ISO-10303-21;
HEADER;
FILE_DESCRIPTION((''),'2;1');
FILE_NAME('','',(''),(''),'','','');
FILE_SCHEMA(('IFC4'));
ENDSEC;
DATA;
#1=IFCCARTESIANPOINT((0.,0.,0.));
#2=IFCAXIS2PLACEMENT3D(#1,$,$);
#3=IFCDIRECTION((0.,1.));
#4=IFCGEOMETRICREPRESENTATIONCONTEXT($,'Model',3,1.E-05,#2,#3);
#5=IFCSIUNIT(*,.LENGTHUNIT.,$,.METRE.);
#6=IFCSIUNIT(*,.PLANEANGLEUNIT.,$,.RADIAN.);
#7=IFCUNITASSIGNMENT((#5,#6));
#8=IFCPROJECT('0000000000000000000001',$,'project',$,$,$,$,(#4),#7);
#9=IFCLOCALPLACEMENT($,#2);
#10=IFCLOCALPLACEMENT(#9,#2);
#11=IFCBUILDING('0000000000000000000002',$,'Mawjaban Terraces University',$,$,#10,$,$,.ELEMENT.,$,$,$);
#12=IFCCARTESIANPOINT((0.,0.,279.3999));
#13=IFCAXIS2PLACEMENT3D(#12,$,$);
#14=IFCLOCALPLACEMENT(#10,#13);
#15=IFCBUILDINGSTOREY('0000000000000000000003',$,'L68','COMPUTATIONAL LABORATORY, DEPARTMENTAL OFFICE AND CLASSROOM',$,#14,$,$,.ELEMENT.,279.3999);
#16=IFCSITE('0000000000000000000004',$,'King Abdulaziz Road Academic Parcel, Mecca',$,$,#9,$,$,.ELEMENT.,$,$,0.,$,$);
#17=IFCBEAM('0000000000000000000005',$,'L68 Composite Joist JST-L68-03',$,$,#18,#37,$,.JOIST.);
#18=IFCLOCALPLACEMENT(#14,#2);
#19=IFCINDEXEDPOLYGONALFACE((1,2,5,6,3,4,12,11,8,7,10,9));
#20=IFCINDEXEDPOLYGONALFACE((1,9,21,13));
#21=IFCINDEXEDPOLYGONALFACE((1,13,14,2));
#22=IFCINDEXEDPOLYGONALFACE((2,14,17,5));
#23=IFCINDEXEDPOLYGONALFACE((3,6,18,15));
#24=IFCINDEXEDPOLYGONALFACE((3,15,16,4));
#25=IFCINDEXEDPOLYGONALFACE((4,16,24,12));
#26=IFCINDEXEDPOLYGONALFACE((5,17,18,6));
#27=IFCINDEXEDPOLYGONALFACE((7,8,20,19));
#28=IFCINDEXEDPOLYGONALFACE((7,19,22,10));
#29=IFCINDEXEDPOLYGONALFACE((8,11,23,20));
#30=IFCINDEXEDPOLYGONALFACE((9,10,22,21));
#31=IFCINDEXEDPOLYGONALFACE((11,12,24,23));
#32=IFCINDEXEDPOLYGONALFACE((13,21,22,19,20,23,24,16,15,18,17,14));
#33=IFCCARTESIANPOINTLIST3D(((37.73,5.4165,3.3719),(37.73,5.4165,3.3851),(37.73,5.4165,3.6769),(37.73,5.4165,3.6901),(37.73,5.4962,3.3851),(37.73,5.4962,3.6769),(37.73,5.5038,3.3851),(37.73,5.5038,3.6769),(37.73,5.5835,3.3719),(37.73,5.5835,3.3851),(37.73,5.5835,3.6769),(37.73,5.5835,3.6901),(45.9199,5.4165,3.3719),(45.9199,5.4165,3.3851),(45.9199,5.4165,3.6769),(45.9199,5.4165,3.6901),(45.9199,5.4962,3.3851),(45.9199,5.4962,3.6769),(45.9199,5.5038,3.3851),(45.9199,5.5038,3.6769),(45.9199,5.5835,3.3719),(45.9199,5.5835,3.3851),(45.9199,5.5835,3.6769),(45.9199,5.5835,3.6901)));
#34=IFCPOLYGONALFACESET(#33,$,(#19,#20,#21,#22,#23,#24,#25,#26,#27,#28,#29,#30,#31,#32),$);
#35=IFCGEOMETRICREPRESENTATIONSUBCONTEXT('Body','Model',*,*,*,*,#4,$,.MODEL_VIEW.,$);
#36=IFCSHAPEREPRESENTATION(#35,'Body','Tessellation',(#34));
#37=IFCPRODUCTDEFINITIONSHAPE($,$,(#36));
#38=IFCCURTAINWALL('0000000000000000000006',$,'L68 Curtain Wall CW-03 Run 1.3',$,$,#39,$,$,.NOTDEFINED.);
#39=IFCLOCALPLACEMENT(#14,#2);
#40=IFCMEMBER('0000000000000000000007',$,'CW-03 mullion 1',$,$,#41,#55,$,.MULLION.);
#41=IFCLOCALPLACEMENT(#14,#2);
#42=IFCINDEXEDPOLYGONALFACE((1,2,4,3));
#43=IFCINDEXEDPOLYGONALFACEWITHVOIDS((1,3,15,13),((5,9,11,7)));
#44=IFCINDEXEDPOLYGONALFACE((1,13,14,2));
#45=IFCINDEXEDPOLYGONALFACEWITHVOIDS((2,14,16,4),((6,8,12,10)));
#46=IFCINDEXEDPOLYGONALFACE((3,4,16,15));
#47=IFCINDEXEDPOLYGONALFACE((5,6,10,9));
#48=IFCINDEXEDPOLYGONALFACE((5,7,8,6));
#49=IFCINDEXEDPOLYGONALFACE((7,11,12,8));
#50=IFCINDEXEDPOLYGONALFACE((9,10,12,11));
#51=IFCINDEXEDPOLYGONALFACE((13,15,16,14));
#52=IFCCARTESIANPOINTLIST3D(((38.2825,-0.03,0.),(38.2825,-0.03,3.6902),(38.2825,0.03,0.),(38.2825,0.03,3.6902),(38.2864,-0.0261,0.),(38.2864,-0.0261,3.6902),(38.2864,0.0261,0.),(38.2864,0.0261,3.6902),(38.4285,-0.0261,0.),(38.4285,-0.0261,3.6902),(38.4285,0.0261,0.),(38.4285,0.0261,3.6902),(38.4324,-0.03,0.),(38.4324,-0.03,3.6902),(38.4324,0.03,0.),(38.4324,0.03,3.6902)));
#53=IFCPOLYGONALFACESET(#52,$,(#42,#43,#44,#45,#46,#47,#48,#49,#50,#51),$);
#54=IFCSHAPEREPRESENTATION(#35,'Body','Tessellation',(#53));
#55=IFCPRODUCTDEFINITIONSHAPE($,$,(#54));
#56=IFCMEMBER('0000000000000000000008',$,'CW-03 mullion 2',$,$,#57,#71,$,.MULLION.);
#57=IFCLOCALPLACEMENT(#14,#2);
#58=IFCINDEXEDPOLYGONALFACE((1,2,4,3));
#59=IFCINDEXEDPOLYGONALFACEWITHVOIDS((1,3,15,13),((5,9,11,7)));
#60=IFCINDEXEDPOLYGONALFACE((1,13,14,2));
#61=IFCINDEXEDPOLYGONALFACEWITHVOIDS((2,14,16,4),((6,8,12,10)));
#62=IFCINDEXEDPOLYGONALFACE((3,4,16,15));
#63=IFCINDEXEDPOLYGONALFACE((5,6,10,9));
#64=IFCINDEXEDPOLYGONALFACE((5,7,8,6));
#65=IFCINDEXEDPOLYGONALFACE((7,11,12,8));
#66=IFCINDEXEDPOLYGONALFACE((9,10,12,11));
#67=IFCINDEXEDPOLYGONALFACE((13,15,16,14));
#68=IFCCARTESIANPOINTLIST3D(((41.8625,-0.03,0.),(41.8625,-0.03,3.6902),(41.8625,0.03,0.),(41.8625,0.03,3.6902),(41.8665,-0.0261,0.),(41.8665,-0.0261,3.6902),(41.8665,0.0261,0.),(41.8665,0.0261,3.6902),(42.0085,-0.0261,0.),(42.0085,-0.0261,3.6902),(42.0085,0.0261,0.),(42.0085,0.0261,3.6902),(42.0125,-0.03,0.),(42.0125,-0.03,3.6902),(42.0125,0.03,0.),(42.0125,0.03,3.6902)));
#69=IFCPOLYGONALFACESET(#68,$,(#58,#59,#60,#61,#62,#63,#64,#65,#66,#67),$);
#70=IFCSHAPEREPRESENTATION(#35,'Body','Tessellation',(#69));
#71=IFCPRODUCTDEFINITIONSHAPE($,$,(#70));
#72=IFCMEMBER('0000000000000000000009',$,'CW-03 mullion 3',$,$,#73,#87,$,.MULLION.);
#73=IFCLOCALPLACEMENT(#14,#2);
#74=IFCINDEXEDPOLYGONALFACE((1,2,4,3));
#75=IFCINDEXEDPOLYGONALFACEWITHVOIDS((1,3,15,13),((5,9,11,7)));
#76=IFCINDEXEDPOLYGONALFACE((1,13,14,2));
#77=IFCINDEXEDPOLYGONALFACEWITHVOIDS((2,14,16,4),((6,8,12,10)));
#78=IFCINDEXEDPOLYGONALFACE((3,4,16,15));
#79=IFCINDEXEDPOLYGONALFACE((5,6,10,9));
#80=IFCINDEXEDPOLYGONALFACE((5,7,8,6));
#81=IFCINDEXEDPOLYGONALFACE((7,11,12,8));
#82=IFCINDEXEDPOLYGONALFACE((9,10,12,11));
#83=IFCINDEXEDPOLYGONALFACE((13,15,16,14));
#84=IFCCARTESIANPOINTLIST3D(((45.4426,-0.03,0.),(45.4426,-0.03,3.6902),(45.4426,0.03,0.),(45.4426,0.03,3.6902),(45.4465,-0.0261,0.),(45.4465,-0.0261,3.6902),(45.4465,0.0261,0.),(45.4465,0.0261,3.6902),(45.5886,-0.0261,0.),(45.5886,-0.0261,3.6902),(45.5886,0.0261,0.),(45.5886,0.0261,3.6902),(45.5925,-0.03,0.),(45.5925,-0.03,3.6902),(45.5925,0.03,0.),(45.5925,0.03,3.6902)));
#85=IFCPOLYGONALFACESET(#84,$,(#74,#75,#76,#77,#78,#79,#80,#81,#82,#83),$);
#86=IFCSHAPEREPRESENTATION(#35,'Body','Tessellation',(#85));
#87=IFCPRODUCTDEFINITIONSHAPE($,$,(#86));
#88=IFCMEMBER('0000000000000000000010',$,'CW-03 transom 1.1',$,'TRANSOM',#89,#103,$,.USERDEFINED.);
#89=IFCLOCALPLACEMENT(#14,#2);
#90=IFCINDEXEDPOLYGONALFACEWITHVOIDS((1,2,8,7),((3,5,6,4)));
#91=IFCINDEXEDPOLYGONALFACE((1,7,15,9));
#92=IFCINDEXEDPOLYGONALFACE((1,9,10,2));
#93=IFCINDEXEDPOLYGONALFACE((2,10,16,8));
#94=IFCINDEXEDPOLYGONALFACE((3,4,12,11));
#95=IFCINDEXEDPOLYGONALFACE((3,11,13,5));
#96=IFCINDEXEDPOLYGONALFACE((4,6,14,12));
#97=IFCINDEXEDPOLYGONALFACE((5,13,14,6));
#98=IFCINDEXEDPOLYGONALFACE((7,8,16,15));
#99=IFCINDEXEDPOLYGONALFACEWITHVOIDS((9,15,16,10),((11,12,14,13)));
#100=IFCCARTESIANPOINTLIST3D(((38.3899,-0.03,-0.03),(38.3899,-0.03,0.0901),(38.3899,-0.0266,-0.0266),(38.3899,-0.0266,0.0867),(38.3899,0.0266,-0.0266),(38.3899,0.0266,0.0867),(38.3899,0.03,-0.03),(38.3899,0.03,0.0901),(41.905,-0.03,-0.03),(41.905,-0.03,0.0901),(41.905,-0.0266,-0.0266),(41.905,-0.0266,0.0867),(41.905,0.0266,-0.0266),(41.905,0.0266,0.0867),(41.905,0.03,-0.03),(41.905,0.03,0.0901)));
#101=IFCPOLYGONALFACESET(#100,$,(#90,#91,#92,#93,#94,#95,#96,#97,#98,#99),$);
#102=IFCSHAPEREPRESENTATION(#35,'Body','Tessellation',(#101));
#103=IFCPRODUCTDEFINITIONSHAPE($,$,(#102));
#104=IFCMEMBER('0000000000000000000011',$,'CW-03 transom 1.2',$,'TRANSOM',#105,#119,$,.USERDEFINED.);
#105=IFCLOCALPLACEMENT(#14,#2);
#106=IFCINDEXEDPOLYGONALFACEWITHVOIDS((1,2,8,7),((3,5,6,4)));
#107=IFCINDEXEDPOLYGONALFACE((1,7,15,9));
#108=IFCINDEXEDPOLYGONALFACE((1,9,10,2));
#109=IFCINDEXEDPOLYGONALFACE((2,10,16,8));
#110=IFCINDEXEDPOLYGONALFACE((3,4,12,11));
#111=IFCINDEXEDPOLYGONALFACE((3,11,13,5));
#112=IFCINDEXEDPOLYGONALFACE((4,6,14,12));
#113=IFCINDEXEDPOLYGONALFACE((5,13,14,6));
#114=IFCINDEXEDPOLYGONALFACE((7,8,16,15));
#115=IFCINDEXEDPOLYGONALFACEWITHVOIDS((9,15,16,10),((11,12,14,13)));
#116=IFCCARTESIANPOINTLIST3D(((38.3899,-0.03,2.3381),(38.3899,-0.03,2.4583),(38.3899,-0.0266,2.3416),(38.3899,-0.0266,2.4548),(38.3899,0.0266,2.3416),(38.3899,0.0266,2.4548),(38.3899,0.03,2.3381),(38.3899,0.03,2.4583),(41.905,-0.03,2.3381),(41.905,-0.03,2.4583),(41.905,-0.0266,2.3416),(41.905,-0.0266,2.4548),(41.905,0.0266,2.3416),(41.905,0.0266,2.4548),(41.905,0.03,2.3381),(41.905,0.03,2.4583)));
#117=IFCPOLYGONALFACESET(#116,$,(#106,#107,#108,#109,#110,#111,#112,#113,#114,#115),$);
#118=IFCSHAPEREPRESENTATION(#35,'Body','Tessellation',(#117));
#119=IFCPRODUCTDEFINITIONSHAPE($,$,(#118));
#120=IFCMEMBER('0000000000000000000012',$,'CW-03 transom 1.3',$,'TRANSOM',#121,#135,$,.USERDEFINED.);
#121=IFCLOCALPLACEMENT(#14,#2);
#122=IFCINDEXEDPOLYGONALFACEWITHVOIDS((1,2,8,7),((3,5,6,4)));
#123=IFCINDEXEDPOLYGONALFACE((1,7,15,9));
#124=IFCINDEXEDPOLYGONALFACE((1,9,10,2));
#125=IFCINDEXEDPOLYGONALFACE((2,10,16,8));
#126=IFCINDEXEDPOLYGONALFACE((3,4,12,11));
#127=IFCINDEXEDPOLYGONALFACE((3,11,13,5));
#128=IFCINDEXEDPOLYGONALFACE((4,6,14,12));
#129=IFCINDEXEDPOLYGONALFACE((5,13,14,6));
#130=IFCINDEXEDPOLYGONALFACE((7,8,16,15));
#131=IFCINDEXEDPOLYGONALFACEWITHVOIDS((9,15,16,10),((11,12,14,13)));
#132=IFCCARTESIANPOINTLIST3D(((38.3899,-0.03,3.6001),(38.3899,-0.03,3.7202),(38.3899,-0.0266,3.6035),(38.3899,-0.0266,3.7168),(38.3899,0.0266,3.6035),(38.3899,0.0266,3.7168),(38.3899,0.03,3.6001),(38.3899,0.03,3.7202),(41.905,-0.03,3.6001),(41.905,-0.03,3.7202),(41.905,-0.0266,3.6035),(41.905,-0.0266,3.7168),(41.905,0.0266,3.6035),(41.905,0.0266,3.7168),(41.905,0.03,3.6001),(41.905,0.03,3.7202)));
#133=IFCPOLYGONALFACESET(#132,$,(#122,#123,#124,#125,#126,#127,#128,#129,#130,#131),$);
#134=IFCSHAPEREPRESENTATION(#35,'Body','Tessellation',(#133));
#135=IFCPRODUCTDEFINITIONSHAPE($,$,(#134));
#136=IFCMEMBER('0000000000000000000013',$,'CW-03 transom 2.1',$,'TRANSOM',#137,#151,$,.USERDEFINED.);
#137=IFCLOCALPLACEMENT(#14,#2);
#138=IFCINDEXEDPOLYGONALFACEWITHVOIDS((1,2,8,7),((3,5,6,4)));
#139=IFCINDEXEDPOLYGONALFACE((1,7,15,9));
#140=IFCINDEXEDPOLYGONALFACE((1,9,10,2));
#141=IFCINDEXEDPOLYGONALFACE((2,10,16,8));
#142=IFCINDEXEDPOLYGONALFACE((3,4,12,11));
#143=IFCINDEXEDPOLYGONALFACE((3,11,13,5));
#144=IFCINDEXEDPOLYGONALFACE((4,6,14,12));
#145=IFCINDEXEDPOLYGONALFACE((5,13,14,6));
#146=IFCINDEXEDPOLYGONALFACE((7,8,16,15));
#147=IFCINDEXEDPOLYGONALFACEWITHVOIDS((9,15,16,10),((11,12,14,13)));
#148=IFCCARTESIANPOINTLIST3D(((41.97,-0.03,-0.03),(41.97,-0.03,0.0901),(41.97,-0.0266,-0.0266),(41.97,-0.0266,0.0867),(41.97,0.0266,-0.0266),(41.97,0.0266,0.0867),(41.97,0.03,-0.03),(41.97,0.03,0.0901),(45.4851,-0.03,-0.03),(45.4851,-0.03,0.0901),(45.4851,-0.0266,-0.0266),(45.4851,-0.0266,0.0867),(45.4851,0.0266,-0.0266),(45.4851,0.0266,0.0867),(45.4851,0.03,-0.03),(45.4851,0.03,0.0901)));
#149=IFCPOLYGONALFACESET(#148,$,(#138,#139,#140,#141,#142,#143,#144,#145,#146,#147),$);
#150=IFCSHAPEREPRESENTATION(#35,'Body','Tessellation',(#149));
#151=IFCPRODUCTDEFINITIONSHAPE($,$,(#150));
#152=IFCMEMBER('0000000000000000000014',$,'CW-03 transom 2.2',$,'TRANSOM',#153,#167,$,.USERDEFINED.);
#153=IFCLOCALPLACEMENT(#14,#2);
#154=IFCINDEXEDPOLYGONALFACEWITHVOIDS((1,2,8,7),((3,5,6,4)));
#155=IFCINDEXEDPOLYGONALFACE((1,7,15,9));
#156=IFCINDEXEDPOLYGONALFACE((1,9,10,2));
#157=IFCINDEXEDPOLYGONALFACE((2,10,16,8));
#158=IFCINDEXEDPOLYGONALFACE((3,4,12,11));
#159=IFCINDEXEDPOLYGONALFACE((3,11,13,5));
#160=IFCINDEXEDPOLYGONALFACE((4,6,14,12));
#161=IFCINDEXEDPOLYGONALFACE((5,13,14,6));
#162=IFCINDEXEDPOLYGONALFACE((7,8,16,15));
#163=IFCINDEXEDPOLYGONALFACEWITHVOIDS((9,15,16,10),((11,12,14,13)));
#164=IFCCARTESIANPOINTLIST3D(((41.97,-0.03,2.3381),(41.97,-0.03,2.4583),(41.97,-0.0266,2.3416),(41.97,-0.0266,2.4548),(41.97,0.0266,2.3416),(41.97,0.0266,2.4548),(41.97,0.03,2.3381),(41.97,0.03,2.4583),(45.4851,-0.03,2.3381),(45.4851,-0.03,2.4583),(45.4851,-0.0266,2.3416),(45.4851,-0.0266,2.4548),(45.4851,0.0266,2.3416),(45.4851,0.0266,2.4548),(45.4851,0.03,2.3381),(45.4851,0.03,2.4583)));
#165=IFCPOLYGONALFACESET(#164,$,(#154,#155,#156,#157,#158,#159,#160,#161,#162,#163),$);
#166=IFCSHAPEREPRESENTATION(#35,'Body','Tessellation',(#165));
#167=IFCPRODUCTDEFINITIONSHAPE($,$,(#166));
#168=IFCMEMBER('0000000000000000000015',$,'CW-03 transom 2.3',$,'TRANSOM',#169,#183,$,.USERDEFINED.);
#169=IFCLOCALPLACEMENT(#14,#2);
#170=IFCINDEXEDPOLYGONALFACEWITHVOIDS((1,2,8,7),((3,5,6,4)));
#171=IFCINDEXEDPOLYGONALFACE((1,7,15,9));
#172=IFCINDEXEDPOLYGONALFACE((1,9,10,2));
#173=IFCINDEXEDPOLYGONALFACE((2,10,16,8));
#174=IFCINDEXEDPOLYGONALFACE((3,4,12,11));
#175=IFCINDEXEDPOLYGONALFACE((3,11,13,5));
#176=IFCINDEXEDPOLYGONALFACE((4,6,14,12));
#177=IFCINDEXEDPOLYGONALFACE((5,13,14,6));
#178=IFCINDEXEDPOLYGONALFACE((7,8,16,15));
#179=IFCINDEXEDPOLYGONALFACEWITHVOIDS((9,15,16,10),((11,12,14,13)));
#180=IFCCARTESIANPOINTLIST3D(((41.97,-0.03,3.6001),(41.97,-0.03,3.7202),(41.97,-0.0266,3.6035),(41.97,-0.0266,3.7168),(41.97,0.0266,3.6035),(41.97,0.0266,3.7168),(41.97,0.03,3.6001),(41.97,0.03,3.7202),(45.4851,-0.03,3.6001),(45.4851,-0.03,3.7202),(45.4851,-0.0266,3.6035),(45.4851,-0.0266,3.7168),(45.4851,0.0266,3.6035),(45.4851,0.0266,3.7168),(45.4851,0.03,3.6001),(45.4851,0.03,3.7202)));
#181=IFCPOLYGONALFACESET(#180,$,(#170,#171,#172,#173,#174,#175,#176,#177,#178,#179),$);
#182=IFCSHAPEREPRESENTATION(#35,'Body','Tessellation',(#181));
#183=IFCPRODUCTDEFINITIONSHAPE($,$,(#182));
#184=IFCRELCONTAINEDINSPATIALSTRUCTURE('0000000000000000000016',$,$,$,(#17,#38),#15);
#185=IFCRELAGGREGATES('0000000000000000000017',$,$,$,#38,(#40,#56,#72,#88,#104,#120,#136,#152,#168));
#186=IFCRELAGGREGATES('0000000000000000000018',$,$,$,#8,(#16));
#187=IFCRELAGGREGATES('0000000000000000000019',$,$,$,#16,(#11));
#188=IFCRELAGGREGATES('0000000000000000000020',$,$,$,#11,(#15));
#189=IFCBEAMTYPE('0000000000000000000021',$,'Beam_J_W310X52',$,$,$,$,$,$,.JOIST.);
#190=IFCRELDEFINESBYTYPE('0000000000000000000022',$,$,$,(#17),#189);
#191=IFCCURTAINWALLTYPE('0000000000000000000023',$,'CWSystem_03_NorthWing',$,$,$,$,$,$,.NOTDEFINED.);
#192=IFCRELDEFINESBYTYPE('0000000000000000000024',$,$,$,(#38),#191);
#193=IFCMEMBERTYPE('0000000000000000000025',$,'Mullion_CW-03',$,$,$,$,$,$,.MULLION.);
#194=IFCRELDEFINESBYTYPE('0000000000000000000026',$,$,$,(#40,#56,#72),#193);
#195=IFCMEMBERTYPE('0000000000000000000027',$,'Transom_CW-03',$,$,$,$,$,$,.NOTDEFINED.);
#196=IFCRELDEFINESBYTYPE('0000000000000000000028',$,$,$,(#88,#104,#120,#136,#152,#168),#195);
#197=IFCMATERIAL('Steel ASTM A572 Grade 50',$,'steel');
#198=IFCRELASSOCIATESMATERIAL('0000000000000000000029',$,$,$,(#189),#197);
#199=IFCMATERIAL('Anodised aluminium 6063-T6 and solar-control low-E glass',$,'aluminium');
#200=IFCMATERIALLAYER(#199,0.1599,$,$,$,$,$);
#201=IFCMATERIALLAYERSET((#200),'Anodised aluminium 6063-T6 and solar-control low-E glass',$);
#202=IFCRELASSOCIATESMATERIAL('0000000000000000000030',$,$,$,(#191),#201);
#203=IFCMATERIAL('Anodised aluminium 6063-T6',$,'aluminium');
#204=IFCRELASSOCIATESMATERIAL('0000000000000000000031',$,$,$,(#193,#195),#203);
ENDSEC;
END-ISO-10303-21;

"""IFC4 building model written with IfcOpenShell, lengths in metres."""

from ifc_helpers import new_model, si_unit, direction, frame, origin, origin_2d, place, context, subcontext, project, spatial, hollow_rectangle, i_section, extrude, material, layer, layer_set, material_profile, profile_set, type_object, element, aggregate, save


model = new_model("IFC4")

# Units and contexts
model_context = context("Model", 3, precision=1e-05, world=origin(), true_north=direction((0.0, 1.0)))
body_context = subcontext(model_context, "Body", "Model", "MODEL_VIEW")
ifc_project = project(units=[si_unit("LENGTHUNIT", "METRE"), si_unit("PLANEANGLEUNIT", "RADIAN")], contexts=[model_context])

# Site, building, storey
site_placement = place(None, origin())
site = spatial("IfcSite", under=ifc_project, at=site_placement, Name="King Abdulaziz Road Academic Parcel, Mecca", CompositionType="ELEMENT", RefElevation=0.0)
building_placement = place(site_placement, origin())
building = spatial("IfcBuilding", under=site, at=building_placement, Name="Mawjaban Terraces University", CompositionType="ELEMENT")
storey_placement = place(building_placement, frame((0.0, 0.0, 279.3999)))
storey = spatial("IfcBuildingStorey", under=building, at=storey_placement, Name="L68", Description="COMPUTATIONAL LABORATORY, DEPARTMENTAL OFFICE AND CLASSROOM", CompositionType="ELEMENT", Elevation=279.3999)

# Beam
ifc_material_1 = material(Name="Steel ASTM A572 Grade 50", Category="steel")
ifc_material_profile_1 = material_profile(ifc_material_1, i_section(OverallWidth=0.167, OverallDepth=0.3181, WebThickness=0.0076, FlangeThickness=0.0132, at=origin_2d()), Name="W310X52")
ifc_profile_set_1 = profile_set([ifc_material_profile_1], Name="Steel ASTM A572 Grade 50")
beam_type_1 = type_object("IfcBeamType", Name="Beam_J_W310X52", PredefinedType="JOIST", material=ifc_profile_set_1)
for number, where, z_axis, x_axis, name in (
    (1, (37.73, 5.5, 3.531), (1.0, 0.0, 0.0), (0.0, 1.0, 0.0), "L68 Composite Joist JST-L68-03"),
):
    element("IfcBeam", number, at=place(storey_placement, frame(where, z_axis=z_axis, x_axis=x_axis)), inside=storey, type_object=beam_type_1, Name=name, PredefinedType="JOIST", context=body_context, shape_type="SweptSolid", body=[
        extrude(i_section(OverallWidth=0.167, OverallDepth=0.3181, WebThickness=0.0076, FlangeThickness=0.0132, at=origin_2d()), origin(), (0.0, 0.0, 1.0), 8.1899),
    ])

# Curtain wall, members
ifc_material_2 = material(Name="Anodised aluminium 6063-T6 and solar-control low-E glass", Category="aluminium")
ifc_layer_1 = layer(ifc_material_2, 0.1599)
ifc_layer_set_1 = layer_set([ifc_layer_1], Name="Anodised aluminium 6063-T6 and solar-control low-E glass")
curtain_wall_type = type_object("IfcCurtainWallType", Name="CWSystem_03_NorthWing", PredefinedType="NOTDEFINED", material=ifc_layer_set_1)
curtain_wall_placement = place(storey_placement, origin())
curtain_wall = element("IfcCurtainWall", 2, at=curtain_wall_placement, inside=storey, type_object=curtain_wall_type, Name="L68 Curtain Wall CW-03 Run 1.3", PredefinedType="NOTDEFINED")
ifc_material_3 = material(Name="Anodised aluminium 6063-T6", Category="aluminium")
ifc_material_profile_2 = material_profile(ifc_material_3, hollow_rectangle(XDim=0.0601, YDim=0.1499, WallThickness=0.0039, at=origin_2d()), Name="ALU150X60X4")
ifc_profile_set_2 = profile_set([ifc_material_profile_2], Name="Anodised aluminium 6063-T6")
member_type_1 = type_object("IfcMemberType", Name="Mullion_CW-03", PredefinedType="MULLION", material=ifc_profile_set_2)
member_1_placement = place(storey_placement, frame((38.3574, 0.0, 0.0), z_axis=(0.0, 0.0, 1.0), x_axis=(0.0, 1.0, 0.0)))
member_1 = element("IfcMember", 3, at=member_1_placement, type_object=member_type_1, Name="CW-03 mullion 1", PredefinedType="MULLION", context=body_context, shape_type="SweptSolid", body=[
    extrude(hollow_rectangle(XDim=0.0601, YDim=0.1499, WallThickness=0.0039, at=origin_2d()), origin(), (0.0, 0.0, 1.0), 3.6902),
])
member_2_placement = place(storey_placement, frame((41.9375, 0.0, 0.0), z_axis=(0.0, 0.0, 1.0), x_axis=(0.0, 1.0, 0.0)))
member_2 = element("IfcMember", 4, at=member_2_placement, type_object=member_type_1, Name="CW-03 mullion 2", PredefinedType="MULLION", context=body_context, shape_type="SweptSolid", body=[
    extrude(hollow_rectangle(XDim=0.0601, YDim=0.1499, WallThickness=0.0039, at=origin_2d()), origin(), (0.0, 0.0, 1.0), 3.6902),
])
member_3_placement = place(storey_placement, frame((45.5176, 0.0, 0.0), z_axis=(0.0, 0.0, 1.0), x_axis=(0.0, 1.0, 0.0)))
member_3 = element("IfcMember", 5, at=member_3_placement, type_object=member_type_1, Name="CW-03 mullion 3", PredefinedType="MULLION", context=body_context, shape_type="SweptSolid", body=[
    extrude(hollow_rectangle(XDim=0.0601, YDim=0.1499, WallThickness=0.0039, at=origin_2d()), origin(), (0.0, 0.0, 1.0), 3.6902),
])
ifc_material_profile_3 = material_profile(ifc_material_3, hollow_rectangle(XDim=0.0601, YDim=0.1201, WallThickness=0.0034, at=origin_2d()), Name="ALU120X60X3.5")
ifc_profile_set_3 = profile_set([ifc_material_profile_3], Name="Anodised aluminium 6063-T6")
member_type_2 = type_object("IfcMemberType", Name="Transom_CW-03", PredefinedType="NOTDEFINED", material=ifc_profile_set_3)
member_4_placement = place(storey_placement, frame((38.3899, 0.0, 0.03), z_axis=(1.0, 0.0, 0.0), x_axis=(0.0, 1.0, 0.0)))
member_4 = element("IfcMember", 6, at=member_4_placement, type_object=member_type_2, Name="CW-03 transom 1.1", ObjectType="TRANSOM", PredefinedType="USERDEFINED", context=body_context, shape_type="SweptSolid", body=[
    extrude(hollow_rectangle(XDim=0.0601, YDim=0.1201, WallThickness=0.0034, at=origin_2d()), origin(), (0.0, 0.0, 1.0), 3.5151),
])
member_5_placement = place(storey_placement, frame((38.3899, 0.0, 2.3982), z_axis=(1.0, 0.0, 0.0), x_axis=(0.0, 1.0, 0.0)))
member_5 = element("IfcMember", 7, at=member_5_placement, type_object=member_type_2, Name="CW-03 transom 1.2", ObjectType="TRANSOM", PredefinedType="USERDEFINED", context=body_context, shape_type="SweptSolid", body=[
    extrude(hollow_rectangle(XDim=0.0601, YDim=0.1201, WallThickness=0.0034, at=origin_2d()), origin(), (0.0, 0.0, 1.0), 3.5151),
])
member_6_placement = place(storey_placement, frame((38.3899, 0.0, 3.6602), z_axis=(1.0, 0.0, 0.0), x_axis=(0.0, 1.0, 0.0)))
member_6 = element("IfcMember", 8, at=member_6_placement, type_object=member_type_2, Name="CW-03 transom 1.3", ObjectType="TRANSOM", PredefinedType="USERDEFINED", context=body_context, shape_type="SweptSolid", body=[
    extrude(hollow_rectangle(XDim=0.0601, YDim=0.1201, WallThickness=0.0034, at=origin_2d()), origin(), (0.0, 0.0, 1.0), 3.5151),
])
member_7_placement = place(storey_placement, frame((41.97, 0.0, 0.03), z_axis=(1.0, 0.0, 0.0), x_axis=(0.0, 1.0, 0.0)))
member_7 = element("IfcMember", 9, at=member_7_placement, type_object=member_type_2, Name="CW-03 transom 2.1", ObjectType="TRANSOM", PredefinedType="USERDEFINED", context=body_context, shape_type="SweptSolid", body=[
    extrude(hollow_rectangle(XDim=0.0601, YDim=0.1201, WallThickness=0.0034, at=origin_2d()), origin(), (0.0, 0.0, 1.0), 3.5151),
])
member_8_placement = place(storey_placement, frame((41.97, 0.0, 2.3982), z_axis=(1.0, 0.0, 0.0), x_axis=(0.0, 1.0, 0.0)))
member_8 = element("IfcMember", 10, at=member_8_placement, type_object=member_type_2, Name="CW-03 transom 2.2", ObjectType="TRANSOM", PredefinedType="USERDEFINED", context=body_context, shape_type="SweptSolid", body=[
    extrude(hollow_rectangle(XDim=0.0601, YDim=0.1201, WallThickness=0.0034, at=origin_2d()), origin(), (0.0, 0.0, 1.0), 3.5151),
])
member_9_placement = place(storey_placement, frame((41.97, 0.0, 3.6602), z_axis=(1.0, 0.0, 0.0), x_axis=(0.0, 1.0, 0.0)))
member_9 = element("IfcMember", 11, at=member_9_placement, type_object=member_type_2, Name="CW-03 transom 2.3", ObjectType="TRANSOM", PredefinedType="USERDEFINED", context=body_context, shape_type="SweptSolid", body=[
    extrude(hollow_rectangle(XDim=0.0601, YDim=0.1201, WallThickness=0.0034, at=origin_2d()), origin(), (0.0, 0.0, 1.0), 3.5151),
])
aggregate(curtain_wall, [member_1, member_2, member_3, member_4, member_5, member_6, member_7, member_8, member_9])

save(model, "model.ifc")
